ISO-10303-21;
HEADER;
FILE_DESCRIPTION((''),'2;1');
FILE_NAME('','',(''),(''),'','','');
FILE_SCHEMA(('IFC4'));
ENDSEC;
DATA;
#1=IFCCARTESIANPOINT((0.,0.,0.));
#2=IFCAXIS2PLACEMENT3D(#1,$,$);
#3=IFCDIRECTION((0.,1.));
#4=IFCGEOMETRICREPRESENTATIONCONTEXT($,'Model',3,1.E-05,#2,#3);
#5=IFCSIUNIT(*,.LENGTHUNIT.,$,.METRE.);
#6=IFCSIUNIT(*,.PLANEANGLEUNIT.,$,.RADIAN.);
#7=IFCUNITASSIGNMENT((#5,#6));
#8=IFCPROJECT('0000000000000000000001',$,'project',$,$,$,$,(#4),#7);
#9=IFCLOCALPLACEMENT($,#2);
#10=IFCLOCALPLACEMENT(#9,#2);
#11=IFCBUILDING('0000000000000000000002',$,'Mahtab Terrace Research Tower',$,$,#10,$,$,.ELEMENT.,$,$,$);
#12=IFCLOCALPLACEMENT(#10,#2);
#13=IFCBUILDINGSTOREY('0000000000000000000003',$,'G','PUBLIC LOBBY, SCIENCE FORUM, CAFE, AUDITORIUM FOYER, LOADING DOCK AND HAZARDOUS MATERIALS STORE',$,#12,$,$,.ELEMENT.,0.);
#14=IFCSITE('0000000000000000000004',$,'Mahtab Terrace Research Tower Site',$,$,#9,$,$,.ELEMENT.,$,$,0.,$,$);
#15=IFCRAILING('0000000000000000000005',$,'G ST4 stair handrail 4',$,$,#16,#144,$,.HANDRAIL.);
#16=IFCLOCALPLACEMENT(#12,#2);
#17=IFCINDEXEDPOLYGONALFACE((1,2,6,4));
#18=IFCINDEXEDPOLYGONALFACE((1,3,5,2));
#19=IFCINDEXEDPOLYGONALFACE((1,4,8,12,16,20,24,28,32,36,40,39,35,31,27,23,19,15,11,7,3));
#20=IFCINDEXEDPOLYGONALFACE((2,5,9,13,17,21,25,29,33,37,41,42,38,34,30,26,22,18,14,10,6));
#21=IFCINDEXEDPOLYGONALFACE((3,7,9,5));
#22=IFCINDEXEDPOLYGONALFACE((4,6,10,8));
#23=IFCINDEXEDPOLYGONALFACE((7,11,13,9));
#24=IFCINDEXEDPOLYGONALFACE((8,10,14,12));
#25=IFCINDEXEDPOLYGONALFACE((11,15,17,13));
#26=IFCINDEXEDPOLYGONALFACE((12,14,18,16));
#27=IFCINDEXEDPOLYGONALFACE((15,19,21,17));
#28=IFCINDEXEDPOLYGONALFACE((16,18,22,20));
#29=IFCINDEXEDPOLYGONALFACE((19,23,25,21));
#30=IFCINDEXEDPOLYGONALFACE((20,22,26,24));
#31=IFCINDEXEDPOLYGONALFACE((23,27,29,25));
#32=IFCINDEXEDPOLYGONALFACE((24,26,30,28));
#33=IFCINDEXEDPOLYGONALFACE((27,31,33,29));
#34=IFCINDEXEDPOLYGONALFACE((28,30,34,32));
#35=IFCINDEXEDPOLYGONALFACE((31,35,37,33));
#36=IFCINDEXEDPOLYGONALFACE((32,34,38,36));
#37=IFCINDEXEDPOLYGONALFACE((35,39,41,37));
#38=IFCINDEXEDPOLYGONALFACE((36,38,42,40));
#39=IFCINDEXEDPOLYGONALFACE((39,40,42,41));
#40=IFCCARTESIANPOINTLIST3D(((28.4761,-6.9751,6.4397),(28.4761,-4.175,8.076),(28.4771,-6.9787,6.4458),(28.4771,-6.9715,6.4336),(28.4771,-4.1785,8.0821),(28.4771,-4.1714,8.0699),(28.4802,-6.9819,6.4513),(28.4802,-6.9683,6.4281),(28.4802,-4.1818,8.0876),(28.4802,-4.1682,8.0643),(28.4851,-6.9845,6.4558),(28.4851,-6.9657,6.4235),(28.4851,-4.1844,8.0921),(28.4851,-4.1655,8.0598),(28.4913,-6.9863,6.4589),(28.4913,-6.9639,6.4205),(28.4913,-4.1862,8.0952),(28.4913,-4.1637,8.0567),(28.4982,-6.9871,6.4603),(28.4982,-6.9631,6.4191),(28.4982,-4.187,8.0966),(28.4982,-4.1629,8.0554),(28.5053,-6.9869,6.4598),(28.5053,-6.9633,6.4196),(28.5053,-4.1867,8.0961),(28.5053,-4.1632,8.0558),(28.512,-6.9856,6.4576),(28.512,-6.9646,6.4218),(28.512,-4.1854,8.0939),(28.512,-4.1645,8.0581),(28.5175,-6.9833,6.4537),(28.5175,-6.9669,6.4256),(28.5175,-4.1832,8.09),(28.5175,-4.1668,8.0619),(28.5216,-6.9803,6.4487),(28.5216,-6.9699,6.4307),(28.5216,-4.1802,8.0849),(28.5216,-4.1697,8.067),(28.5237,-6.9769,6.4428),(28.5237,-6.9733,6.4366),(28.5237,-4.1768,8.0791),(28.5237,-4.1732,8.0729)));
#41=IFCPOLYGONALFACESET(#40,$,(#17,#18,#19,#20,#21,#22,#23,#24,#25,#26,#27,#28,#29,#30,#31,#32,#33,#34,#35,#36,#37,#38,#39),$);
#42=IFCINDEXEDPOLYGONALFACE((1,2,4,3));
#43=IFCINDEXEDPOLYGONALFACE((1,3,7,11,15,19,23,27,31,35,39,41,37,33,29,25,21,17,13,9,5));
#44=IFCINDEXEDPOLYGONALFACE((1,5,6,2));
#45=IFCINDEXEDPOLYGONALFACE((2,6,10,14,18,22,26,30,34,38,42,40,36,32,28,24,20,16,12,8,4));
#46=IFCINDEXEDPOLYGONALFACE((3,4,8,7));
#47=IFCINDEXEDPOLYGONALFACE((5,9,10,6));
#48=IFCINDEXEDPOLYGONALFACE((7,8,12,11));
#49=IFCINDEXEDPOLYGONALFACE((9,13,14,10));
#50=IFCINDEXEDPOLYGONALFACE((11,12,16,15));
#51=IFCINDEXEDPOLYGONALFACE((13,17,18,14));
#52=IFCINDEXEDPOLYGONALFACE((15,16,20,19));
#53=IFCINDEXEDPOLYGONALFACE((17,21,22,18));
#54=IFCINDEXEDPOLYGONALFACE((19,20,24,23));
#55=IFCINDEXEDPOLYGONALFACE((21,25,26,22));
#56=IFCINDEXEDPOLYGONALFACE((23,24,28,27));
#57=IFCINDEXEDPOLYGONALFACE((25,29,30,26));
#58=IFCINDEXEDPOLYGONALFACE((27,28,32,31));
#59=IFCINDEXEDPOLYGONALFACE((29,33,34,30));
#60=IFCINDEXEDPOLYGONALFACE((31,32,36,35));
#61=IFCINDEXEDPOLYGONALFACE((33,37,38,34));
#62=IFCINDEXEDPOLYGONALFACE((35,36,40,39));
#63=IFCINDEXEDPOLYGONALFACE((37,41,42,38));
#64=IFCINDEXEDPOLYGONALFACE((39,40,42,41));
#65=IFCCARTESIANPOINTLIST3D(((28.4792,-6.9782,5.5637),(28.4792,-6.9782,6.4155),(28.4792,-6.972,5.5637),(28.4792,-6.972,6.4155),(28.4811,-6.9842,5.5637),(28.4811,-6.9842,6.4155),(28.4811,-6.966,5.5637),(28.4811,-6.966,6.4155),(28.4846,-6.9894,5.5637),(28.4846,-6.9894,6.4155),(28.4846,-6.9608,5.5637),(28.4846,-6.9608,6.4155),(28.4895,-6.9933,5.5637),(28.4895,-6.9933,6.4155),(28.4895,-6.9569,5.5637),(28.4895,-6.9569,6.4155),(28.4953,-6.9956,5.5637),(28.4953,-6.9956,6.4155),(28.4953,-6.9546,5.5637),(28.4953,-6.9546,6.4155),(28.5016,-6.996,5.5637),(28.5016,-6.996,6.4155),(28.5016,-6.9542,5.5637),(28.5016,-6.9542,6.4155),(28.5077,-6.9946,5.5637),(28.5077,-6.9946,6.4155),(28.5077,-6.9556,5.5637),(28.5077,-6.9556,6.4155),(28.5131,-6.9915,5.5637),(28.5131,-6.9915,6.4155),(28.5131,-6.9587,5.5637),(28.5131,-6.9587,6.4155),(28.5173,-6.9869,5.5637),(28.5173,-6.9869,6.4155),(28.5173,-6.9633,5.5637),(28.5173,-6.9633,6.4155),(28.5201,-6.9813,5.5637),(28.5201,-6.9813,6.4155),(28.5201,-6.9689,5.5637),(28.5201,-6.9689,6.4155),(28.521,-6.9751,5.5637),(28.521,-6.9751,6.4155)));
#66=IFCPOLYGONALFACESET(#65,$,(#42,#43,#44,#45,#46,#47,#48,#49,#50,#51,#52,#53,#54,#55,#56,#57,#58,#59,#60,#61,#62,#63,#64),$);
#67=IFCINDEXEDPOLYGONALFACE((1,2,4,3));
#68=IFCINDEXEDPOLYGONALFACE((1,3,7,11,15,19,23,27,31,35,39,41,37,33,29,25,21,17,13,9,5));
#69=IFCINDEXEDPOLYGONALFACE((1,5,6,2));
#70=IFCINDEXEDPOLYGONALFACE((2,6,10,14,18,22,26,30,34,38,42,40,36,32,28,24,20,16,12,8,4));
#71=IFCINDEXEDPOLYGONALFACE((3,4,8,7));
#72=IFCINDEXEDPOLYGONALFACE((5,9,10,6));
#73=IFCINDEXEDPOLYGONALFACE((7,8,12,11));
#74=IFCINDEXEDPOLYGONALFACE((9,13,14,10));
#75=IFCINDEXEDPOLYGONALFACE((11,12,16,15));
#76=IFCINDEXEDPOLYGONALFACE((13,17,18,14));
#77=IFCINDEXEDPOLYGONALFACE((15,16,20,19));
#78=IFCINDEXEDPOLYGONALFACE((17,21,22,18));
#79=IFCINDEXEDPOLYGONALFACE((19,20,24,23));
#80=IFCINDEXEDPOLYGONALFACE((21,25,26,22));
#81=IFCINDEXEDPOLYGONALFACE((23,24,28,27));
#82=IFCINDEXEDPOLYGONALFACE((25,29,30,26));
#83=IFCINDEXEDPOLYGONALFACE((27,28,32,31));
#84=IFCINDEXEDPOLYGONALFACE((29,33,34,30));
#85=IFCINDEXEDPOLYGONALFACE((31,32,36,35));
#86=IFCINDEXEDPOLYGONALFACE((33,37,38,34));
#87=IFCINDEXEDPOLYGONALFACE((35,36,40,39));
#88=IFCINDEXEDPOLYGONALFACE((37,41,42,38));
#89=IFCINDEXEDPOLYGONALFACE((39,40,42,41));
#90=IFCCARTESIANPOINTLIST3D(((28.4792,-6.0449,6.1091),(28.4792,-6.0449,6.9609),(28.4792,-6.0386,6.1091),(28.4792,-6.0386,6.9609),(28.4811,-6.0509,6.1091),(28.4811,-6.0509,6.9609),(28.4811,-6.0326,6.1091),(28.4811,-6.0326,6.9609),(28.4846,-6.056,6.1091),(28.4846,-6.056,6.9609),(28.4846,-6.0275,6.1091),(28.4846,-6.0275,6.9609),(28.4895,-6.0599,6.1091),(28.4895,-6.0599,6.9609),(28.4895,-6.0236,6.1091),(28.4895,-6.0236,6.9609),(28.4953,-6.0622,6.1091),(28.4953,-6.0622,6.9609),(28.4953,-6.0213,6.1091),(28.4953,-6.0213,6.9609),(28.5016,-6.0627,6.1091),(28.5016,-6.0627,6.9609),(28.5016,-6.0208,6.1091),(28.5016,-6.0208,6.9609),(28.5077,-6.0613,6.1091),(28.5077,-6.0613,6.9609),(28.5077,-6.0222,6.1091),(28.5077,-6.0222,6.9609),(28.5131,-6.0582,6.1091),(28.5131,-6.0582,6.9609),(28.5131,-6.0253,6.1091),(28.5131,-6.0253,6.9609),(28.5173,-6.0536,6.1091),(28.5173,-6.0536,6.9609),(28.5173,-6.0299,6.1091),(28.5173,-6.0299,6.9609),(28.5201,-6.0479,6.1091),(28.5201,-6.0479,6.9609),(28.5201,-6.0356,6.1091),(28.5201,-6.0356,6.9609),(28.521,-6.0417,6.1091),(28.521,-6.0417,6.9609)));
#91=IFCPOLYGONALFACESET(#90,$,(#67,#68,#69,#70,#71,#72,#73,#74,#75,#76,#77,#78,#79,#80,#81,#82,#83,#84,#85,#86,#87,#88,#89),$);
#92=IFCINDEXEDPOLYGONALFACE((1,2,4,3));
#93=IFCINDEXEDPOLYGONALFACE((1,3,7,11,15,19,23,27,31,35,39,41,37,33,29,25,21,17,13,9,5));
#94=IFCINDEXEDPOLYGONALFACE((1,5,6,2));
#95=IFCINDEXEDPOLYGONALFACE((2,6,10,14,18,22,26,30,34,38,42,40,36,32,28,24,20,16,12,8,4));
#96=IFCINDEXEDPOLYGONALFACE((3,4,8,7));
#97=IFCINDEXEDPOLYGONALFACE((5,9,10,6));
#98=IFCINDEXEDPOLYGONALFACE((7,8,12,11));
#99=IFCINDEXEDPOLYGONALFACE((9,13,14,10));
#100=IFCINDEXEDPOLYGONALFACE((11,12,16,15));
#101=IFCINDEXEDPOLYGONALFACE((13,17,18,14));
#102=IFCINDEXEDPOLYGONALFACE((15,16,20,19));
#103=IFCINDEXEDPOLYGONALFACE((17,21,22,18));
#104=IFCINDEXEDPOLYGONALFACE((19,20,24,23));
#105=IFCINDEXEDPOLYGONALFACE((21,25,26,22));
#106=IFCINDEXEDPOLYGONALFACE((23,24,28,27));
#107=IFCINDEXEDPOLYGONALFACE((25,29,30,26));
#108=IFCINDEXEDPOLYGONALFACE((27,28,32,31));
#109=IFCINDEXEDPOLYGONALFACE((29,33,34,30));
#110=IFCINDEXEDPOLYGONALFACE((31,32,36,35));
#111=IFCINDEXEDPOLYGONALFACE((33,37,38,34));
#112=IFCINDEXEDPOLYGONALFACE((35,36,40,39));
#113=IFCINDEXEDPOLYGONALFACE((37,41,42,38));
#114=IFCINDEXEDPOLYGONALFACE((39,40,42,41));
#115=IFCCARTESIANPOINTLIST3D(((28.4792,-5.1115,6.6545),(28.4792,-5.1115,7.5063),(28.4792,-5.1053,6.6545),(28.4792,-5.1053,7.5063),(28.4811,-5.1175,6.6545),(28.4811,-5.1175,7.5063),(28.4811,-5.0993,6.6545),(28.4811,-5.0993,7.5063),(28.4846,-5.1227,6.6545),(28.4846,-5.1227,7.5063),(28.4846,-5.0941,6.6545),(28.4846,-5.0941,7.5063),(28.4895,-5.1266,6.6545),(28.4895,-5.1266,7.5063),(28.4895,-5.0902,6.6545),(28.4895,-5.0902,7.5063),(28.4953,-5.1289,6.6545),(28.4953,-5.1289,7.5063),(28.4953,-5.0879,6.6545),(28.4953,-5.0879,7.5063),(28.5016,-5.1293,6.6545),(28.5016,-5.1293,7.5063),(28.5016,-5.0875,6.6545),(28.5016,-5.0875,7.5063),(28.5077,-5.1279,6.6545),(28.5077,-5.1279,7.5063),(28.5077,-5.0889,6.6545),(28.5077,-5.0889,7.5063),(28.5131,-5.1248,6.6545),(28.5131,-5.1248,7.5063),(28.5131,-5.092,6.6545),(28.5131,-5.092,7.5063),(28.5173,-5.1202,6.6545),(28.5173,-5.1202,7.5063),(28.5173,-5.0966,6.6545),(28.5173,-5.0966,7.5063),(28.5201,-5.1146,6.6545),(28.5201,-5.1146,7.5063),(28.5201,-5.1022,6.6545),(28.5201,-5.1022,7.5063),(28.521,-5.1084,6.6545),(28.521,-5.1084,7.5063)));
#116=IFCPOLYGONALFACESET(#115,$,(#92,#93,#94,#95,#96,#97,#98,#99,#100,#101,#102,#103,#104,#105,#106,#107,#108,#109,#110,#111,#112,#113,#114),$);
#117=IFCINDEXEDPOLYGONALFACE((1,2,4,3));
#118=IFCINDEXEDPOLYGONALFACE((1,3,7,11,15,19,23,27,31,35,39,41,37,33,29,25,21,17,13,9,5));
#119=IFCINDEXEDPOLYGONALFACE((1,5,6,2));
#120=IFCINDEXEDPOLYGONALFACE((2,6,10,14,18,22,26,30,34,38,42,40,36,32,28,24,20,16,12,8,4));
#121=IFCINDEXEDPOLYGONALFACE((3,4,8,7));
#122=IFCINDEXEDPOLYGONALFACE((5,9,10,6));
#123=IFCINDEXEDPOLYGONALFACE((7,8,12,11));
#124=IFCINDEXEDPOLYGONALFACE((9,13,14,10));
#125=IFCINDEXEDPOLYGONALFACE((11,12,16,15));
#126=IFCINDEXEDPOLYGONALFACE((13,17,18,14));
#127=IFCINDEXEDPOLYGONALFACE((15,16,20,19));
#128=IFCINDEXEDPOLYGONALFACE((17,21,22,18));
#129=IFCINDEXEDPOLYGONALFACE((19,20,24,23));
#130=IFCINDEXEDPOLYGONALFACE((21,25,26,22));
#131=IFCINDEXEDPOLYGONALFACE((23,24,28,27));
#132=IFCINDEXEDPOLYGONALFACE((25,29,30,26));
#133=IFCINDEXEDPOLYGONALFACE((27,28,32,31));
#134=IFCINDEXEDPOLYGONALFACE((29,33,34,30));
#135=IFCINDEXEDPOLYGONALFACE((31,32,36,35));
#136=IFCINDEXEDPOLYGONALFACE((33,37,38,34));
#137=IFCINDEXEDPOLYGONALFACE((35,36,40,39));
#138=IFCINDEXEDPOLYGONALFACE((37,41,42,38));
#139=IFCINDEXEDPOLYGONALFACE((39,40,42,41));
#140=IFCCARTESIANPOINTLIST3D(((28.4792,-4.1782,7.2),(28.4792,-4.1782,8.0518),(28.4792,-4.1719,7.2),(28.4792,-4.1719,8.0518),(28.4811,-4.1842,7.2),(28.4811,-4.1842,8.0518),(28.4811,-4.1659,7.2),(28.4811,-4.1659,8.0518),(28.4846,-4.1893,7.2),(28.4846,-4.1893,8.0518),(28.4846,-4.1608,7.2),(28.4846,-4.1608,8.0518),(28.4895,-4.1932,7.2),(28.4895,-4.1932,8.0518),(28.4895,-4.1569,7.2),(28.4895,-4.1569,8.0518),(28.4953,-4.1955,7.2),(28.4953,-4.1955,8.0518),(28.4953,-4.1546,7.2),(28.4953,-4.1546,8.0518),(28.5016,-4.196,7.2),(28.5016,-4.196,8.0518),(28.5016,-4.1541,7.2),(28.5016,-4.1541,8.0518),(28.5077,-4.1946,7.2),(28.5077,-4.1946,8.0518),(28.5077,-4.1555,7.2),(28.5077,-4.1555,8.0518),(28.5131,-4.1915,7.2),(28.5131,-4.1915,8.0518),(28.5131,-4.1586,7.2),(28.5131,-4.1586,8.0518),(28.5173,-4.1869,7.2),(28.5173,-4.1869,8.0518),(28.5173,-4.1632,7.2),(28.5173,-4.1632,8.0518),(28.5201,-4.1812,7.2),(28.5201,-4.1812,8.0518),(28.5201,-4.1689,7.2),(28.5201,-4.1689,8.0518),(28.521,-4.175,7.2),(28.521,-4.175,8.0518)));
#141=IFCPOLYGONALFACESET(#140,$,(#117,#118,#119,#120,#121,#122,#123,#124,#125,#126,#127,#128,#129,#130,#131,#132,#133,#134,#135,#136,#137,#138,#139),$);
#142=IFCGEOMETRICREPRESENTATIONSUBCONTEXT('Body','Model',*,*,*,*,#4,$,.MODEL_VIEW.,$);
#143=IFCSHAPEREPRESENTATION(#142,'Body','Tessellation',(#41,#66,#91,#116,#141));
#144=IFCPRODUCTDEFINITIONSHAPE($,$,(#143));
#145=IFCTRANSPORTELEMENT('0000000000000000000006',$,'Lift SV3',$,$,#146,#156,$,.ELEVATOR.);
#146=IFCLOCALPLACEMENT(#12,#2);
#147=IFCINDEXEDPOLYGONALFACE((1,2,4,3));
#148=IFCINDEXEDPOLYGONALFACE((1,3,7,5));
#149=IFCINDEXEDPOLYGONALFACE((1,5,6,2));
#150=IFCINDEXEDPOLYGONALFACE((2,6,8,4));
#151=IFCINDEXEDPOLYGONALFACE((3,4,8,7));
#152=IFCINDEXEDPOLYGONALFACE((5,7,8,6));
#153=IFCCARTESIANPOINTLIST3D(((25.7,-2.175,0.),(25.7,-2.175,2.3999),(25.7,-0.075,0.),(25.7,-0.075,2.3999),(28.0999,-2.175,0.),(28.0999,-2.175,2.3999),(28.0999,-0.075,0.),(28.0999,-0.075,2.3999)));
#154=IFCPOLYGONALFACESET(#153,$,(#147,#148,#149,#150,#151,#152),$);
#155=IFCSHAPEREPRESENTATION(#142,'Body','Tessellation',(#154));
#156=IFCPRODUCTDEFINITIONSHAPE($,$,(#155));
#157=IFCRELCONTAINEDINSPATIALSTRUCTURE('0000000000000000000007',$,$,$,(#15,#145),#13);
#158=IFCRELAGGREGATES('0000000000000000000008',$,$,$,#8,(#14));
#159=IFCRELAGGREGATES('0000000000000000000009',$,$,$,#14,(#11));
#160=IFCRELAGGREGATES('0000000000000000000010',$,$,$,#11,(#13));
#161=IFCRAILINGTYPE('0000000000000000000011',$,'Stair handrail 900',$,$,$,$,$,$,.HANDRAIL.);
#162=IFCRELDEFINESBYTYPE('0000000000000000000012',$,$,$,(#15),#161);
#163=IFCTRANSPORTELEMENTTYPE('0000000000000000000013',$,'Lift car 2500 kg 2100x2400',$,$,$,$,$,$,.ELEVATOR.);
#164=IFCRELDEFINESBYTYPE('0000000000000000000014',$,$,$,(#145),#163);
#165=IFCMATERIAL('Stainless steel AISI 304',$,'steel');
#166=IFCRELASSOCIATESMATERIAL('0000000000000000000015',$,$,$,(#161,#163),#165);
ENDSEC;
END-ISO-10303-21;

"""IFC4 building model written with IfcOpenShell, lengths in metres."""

from ifc_helpers import new_model, si_unit, direction, frame, origin, origin_2d, place, context, subcontext, project, spatial, rectangle, circle, extrude, material, type_object, element, save


model = new_model("IFC4")

# Units and contexts
model_context = context("Model", 3, precision=1e-05, world=origin(), true_north=direction((0.0, 1.0)))
body_context = subcontext(model_context, "Body", "Model", "MODEL_VIEW")
ifc_project = project(units=[si_unit("LENGTHUNIT", "METRE"), si_unit("PLANEANGLEUNIT", "RADIAN")], contexts=[model_context])

# Site, building, storey
site_placement = place(None, origin())
site = spatial("IfcSite", under=ifc_project, at=site_placement, Name="Mahtab Terrace Research Tower Site", CompositionType="ELEMENT", RefElevation=0.0)
building_placement = place(site_placement, origin())
building = spatial("IfcBuilding", under=site, at=building_placement, Name="Mahtab Terrace Research Tower", CompositionType="ELEMENT")
storey_placement = place(building_placement, origin())
storey = spatial("IfcBuildingStorey", under=building, at=storey_placement, Name="G", Description="PUBLIC LOBBY, SCIENCE FORUM, CAFE, AUDITORIUM FOYER, LOADING DOCK AND HAZARDOUS MATERIALS STORE", CompositionType="ELEMENT", Elevation=0.0)

# Railing
ifc_material_1 = material(Name="Stainless steel AISI 304", Category="steel")
railing_type_1 = type_object("IfcRailingType", Name="Stair handrail 900", PredefinedType="HANDRAIL", material=ifc_material_1)
railing_1_placement = place(storey_placement, frame((28.5, -6.9751, 5.5637)))
element("IfcRailing", 1, at=railing_1_placement, inside=storey, type_object=railing_type_1, Name="G ST4 stair handrail 4", PredefinedType="HANDRAIL", context=body_context, shape_type="SweptSolid", body=[
    extrude(circle(Radius=0.0239, at=origin_2d()), frame((0.0, 0.0, 0.876), z_axis=(0.0, 0.863394, 0.504531), x_axis=(-1.0, 0.0, 0.0)), (0.0, 0.0, 1.0), 3.2432),
    extrude(circle(Radius=0.021, at=origin_2d()), origin(), (0.0, 0.0, 1.0), 0.8518),
    extrude(circle(Radius=0.021, at=origin_2d()), frame((0.0, 0.9333, 0.5454)), (0.0, 0.0, 1.0), 0.8518),
    extrude(circle(Radius=0.021, at=origin_2d()), frame((0.0, 1.8667, 1.0908)), (0.0, 0.0, 1.0), 0.8518),
    extrude(circle(Radius=0.021, at=origin_2d()), frame((0.0, 2.8, 1.6362)), (0.0, 0.0, 1.0), 0.8518),
])

# Transport element
transport_element_type = type_object("IfcTransportElementType", Name="Lift car 2500 kg 2100x2400", PredefinedType="ELEVATOR", material=ifc_material_1)
transport_element_placement = place(storey_placement, frame((26.8999, -1.125, 0.0), z_axis=(0.0, 0.0, 1.0), x_axis=(1.0, 0.0, 0.0)))
element("IfcTransportElement", 2, at=transport_element_placement, inside=storey, type_object=transport_element_type, Name="Lift SV3", PredefinedType="ELEVATOR", context=body_context, shape_type="SweptSolid", body=[
    extrude(rectangle(XDim=2.3999, YDim=2.1001, at=origin_2d()), origin(), (0.0, 0.0, 1.0), 2.3999),
])

save(model, "model.ifc")
